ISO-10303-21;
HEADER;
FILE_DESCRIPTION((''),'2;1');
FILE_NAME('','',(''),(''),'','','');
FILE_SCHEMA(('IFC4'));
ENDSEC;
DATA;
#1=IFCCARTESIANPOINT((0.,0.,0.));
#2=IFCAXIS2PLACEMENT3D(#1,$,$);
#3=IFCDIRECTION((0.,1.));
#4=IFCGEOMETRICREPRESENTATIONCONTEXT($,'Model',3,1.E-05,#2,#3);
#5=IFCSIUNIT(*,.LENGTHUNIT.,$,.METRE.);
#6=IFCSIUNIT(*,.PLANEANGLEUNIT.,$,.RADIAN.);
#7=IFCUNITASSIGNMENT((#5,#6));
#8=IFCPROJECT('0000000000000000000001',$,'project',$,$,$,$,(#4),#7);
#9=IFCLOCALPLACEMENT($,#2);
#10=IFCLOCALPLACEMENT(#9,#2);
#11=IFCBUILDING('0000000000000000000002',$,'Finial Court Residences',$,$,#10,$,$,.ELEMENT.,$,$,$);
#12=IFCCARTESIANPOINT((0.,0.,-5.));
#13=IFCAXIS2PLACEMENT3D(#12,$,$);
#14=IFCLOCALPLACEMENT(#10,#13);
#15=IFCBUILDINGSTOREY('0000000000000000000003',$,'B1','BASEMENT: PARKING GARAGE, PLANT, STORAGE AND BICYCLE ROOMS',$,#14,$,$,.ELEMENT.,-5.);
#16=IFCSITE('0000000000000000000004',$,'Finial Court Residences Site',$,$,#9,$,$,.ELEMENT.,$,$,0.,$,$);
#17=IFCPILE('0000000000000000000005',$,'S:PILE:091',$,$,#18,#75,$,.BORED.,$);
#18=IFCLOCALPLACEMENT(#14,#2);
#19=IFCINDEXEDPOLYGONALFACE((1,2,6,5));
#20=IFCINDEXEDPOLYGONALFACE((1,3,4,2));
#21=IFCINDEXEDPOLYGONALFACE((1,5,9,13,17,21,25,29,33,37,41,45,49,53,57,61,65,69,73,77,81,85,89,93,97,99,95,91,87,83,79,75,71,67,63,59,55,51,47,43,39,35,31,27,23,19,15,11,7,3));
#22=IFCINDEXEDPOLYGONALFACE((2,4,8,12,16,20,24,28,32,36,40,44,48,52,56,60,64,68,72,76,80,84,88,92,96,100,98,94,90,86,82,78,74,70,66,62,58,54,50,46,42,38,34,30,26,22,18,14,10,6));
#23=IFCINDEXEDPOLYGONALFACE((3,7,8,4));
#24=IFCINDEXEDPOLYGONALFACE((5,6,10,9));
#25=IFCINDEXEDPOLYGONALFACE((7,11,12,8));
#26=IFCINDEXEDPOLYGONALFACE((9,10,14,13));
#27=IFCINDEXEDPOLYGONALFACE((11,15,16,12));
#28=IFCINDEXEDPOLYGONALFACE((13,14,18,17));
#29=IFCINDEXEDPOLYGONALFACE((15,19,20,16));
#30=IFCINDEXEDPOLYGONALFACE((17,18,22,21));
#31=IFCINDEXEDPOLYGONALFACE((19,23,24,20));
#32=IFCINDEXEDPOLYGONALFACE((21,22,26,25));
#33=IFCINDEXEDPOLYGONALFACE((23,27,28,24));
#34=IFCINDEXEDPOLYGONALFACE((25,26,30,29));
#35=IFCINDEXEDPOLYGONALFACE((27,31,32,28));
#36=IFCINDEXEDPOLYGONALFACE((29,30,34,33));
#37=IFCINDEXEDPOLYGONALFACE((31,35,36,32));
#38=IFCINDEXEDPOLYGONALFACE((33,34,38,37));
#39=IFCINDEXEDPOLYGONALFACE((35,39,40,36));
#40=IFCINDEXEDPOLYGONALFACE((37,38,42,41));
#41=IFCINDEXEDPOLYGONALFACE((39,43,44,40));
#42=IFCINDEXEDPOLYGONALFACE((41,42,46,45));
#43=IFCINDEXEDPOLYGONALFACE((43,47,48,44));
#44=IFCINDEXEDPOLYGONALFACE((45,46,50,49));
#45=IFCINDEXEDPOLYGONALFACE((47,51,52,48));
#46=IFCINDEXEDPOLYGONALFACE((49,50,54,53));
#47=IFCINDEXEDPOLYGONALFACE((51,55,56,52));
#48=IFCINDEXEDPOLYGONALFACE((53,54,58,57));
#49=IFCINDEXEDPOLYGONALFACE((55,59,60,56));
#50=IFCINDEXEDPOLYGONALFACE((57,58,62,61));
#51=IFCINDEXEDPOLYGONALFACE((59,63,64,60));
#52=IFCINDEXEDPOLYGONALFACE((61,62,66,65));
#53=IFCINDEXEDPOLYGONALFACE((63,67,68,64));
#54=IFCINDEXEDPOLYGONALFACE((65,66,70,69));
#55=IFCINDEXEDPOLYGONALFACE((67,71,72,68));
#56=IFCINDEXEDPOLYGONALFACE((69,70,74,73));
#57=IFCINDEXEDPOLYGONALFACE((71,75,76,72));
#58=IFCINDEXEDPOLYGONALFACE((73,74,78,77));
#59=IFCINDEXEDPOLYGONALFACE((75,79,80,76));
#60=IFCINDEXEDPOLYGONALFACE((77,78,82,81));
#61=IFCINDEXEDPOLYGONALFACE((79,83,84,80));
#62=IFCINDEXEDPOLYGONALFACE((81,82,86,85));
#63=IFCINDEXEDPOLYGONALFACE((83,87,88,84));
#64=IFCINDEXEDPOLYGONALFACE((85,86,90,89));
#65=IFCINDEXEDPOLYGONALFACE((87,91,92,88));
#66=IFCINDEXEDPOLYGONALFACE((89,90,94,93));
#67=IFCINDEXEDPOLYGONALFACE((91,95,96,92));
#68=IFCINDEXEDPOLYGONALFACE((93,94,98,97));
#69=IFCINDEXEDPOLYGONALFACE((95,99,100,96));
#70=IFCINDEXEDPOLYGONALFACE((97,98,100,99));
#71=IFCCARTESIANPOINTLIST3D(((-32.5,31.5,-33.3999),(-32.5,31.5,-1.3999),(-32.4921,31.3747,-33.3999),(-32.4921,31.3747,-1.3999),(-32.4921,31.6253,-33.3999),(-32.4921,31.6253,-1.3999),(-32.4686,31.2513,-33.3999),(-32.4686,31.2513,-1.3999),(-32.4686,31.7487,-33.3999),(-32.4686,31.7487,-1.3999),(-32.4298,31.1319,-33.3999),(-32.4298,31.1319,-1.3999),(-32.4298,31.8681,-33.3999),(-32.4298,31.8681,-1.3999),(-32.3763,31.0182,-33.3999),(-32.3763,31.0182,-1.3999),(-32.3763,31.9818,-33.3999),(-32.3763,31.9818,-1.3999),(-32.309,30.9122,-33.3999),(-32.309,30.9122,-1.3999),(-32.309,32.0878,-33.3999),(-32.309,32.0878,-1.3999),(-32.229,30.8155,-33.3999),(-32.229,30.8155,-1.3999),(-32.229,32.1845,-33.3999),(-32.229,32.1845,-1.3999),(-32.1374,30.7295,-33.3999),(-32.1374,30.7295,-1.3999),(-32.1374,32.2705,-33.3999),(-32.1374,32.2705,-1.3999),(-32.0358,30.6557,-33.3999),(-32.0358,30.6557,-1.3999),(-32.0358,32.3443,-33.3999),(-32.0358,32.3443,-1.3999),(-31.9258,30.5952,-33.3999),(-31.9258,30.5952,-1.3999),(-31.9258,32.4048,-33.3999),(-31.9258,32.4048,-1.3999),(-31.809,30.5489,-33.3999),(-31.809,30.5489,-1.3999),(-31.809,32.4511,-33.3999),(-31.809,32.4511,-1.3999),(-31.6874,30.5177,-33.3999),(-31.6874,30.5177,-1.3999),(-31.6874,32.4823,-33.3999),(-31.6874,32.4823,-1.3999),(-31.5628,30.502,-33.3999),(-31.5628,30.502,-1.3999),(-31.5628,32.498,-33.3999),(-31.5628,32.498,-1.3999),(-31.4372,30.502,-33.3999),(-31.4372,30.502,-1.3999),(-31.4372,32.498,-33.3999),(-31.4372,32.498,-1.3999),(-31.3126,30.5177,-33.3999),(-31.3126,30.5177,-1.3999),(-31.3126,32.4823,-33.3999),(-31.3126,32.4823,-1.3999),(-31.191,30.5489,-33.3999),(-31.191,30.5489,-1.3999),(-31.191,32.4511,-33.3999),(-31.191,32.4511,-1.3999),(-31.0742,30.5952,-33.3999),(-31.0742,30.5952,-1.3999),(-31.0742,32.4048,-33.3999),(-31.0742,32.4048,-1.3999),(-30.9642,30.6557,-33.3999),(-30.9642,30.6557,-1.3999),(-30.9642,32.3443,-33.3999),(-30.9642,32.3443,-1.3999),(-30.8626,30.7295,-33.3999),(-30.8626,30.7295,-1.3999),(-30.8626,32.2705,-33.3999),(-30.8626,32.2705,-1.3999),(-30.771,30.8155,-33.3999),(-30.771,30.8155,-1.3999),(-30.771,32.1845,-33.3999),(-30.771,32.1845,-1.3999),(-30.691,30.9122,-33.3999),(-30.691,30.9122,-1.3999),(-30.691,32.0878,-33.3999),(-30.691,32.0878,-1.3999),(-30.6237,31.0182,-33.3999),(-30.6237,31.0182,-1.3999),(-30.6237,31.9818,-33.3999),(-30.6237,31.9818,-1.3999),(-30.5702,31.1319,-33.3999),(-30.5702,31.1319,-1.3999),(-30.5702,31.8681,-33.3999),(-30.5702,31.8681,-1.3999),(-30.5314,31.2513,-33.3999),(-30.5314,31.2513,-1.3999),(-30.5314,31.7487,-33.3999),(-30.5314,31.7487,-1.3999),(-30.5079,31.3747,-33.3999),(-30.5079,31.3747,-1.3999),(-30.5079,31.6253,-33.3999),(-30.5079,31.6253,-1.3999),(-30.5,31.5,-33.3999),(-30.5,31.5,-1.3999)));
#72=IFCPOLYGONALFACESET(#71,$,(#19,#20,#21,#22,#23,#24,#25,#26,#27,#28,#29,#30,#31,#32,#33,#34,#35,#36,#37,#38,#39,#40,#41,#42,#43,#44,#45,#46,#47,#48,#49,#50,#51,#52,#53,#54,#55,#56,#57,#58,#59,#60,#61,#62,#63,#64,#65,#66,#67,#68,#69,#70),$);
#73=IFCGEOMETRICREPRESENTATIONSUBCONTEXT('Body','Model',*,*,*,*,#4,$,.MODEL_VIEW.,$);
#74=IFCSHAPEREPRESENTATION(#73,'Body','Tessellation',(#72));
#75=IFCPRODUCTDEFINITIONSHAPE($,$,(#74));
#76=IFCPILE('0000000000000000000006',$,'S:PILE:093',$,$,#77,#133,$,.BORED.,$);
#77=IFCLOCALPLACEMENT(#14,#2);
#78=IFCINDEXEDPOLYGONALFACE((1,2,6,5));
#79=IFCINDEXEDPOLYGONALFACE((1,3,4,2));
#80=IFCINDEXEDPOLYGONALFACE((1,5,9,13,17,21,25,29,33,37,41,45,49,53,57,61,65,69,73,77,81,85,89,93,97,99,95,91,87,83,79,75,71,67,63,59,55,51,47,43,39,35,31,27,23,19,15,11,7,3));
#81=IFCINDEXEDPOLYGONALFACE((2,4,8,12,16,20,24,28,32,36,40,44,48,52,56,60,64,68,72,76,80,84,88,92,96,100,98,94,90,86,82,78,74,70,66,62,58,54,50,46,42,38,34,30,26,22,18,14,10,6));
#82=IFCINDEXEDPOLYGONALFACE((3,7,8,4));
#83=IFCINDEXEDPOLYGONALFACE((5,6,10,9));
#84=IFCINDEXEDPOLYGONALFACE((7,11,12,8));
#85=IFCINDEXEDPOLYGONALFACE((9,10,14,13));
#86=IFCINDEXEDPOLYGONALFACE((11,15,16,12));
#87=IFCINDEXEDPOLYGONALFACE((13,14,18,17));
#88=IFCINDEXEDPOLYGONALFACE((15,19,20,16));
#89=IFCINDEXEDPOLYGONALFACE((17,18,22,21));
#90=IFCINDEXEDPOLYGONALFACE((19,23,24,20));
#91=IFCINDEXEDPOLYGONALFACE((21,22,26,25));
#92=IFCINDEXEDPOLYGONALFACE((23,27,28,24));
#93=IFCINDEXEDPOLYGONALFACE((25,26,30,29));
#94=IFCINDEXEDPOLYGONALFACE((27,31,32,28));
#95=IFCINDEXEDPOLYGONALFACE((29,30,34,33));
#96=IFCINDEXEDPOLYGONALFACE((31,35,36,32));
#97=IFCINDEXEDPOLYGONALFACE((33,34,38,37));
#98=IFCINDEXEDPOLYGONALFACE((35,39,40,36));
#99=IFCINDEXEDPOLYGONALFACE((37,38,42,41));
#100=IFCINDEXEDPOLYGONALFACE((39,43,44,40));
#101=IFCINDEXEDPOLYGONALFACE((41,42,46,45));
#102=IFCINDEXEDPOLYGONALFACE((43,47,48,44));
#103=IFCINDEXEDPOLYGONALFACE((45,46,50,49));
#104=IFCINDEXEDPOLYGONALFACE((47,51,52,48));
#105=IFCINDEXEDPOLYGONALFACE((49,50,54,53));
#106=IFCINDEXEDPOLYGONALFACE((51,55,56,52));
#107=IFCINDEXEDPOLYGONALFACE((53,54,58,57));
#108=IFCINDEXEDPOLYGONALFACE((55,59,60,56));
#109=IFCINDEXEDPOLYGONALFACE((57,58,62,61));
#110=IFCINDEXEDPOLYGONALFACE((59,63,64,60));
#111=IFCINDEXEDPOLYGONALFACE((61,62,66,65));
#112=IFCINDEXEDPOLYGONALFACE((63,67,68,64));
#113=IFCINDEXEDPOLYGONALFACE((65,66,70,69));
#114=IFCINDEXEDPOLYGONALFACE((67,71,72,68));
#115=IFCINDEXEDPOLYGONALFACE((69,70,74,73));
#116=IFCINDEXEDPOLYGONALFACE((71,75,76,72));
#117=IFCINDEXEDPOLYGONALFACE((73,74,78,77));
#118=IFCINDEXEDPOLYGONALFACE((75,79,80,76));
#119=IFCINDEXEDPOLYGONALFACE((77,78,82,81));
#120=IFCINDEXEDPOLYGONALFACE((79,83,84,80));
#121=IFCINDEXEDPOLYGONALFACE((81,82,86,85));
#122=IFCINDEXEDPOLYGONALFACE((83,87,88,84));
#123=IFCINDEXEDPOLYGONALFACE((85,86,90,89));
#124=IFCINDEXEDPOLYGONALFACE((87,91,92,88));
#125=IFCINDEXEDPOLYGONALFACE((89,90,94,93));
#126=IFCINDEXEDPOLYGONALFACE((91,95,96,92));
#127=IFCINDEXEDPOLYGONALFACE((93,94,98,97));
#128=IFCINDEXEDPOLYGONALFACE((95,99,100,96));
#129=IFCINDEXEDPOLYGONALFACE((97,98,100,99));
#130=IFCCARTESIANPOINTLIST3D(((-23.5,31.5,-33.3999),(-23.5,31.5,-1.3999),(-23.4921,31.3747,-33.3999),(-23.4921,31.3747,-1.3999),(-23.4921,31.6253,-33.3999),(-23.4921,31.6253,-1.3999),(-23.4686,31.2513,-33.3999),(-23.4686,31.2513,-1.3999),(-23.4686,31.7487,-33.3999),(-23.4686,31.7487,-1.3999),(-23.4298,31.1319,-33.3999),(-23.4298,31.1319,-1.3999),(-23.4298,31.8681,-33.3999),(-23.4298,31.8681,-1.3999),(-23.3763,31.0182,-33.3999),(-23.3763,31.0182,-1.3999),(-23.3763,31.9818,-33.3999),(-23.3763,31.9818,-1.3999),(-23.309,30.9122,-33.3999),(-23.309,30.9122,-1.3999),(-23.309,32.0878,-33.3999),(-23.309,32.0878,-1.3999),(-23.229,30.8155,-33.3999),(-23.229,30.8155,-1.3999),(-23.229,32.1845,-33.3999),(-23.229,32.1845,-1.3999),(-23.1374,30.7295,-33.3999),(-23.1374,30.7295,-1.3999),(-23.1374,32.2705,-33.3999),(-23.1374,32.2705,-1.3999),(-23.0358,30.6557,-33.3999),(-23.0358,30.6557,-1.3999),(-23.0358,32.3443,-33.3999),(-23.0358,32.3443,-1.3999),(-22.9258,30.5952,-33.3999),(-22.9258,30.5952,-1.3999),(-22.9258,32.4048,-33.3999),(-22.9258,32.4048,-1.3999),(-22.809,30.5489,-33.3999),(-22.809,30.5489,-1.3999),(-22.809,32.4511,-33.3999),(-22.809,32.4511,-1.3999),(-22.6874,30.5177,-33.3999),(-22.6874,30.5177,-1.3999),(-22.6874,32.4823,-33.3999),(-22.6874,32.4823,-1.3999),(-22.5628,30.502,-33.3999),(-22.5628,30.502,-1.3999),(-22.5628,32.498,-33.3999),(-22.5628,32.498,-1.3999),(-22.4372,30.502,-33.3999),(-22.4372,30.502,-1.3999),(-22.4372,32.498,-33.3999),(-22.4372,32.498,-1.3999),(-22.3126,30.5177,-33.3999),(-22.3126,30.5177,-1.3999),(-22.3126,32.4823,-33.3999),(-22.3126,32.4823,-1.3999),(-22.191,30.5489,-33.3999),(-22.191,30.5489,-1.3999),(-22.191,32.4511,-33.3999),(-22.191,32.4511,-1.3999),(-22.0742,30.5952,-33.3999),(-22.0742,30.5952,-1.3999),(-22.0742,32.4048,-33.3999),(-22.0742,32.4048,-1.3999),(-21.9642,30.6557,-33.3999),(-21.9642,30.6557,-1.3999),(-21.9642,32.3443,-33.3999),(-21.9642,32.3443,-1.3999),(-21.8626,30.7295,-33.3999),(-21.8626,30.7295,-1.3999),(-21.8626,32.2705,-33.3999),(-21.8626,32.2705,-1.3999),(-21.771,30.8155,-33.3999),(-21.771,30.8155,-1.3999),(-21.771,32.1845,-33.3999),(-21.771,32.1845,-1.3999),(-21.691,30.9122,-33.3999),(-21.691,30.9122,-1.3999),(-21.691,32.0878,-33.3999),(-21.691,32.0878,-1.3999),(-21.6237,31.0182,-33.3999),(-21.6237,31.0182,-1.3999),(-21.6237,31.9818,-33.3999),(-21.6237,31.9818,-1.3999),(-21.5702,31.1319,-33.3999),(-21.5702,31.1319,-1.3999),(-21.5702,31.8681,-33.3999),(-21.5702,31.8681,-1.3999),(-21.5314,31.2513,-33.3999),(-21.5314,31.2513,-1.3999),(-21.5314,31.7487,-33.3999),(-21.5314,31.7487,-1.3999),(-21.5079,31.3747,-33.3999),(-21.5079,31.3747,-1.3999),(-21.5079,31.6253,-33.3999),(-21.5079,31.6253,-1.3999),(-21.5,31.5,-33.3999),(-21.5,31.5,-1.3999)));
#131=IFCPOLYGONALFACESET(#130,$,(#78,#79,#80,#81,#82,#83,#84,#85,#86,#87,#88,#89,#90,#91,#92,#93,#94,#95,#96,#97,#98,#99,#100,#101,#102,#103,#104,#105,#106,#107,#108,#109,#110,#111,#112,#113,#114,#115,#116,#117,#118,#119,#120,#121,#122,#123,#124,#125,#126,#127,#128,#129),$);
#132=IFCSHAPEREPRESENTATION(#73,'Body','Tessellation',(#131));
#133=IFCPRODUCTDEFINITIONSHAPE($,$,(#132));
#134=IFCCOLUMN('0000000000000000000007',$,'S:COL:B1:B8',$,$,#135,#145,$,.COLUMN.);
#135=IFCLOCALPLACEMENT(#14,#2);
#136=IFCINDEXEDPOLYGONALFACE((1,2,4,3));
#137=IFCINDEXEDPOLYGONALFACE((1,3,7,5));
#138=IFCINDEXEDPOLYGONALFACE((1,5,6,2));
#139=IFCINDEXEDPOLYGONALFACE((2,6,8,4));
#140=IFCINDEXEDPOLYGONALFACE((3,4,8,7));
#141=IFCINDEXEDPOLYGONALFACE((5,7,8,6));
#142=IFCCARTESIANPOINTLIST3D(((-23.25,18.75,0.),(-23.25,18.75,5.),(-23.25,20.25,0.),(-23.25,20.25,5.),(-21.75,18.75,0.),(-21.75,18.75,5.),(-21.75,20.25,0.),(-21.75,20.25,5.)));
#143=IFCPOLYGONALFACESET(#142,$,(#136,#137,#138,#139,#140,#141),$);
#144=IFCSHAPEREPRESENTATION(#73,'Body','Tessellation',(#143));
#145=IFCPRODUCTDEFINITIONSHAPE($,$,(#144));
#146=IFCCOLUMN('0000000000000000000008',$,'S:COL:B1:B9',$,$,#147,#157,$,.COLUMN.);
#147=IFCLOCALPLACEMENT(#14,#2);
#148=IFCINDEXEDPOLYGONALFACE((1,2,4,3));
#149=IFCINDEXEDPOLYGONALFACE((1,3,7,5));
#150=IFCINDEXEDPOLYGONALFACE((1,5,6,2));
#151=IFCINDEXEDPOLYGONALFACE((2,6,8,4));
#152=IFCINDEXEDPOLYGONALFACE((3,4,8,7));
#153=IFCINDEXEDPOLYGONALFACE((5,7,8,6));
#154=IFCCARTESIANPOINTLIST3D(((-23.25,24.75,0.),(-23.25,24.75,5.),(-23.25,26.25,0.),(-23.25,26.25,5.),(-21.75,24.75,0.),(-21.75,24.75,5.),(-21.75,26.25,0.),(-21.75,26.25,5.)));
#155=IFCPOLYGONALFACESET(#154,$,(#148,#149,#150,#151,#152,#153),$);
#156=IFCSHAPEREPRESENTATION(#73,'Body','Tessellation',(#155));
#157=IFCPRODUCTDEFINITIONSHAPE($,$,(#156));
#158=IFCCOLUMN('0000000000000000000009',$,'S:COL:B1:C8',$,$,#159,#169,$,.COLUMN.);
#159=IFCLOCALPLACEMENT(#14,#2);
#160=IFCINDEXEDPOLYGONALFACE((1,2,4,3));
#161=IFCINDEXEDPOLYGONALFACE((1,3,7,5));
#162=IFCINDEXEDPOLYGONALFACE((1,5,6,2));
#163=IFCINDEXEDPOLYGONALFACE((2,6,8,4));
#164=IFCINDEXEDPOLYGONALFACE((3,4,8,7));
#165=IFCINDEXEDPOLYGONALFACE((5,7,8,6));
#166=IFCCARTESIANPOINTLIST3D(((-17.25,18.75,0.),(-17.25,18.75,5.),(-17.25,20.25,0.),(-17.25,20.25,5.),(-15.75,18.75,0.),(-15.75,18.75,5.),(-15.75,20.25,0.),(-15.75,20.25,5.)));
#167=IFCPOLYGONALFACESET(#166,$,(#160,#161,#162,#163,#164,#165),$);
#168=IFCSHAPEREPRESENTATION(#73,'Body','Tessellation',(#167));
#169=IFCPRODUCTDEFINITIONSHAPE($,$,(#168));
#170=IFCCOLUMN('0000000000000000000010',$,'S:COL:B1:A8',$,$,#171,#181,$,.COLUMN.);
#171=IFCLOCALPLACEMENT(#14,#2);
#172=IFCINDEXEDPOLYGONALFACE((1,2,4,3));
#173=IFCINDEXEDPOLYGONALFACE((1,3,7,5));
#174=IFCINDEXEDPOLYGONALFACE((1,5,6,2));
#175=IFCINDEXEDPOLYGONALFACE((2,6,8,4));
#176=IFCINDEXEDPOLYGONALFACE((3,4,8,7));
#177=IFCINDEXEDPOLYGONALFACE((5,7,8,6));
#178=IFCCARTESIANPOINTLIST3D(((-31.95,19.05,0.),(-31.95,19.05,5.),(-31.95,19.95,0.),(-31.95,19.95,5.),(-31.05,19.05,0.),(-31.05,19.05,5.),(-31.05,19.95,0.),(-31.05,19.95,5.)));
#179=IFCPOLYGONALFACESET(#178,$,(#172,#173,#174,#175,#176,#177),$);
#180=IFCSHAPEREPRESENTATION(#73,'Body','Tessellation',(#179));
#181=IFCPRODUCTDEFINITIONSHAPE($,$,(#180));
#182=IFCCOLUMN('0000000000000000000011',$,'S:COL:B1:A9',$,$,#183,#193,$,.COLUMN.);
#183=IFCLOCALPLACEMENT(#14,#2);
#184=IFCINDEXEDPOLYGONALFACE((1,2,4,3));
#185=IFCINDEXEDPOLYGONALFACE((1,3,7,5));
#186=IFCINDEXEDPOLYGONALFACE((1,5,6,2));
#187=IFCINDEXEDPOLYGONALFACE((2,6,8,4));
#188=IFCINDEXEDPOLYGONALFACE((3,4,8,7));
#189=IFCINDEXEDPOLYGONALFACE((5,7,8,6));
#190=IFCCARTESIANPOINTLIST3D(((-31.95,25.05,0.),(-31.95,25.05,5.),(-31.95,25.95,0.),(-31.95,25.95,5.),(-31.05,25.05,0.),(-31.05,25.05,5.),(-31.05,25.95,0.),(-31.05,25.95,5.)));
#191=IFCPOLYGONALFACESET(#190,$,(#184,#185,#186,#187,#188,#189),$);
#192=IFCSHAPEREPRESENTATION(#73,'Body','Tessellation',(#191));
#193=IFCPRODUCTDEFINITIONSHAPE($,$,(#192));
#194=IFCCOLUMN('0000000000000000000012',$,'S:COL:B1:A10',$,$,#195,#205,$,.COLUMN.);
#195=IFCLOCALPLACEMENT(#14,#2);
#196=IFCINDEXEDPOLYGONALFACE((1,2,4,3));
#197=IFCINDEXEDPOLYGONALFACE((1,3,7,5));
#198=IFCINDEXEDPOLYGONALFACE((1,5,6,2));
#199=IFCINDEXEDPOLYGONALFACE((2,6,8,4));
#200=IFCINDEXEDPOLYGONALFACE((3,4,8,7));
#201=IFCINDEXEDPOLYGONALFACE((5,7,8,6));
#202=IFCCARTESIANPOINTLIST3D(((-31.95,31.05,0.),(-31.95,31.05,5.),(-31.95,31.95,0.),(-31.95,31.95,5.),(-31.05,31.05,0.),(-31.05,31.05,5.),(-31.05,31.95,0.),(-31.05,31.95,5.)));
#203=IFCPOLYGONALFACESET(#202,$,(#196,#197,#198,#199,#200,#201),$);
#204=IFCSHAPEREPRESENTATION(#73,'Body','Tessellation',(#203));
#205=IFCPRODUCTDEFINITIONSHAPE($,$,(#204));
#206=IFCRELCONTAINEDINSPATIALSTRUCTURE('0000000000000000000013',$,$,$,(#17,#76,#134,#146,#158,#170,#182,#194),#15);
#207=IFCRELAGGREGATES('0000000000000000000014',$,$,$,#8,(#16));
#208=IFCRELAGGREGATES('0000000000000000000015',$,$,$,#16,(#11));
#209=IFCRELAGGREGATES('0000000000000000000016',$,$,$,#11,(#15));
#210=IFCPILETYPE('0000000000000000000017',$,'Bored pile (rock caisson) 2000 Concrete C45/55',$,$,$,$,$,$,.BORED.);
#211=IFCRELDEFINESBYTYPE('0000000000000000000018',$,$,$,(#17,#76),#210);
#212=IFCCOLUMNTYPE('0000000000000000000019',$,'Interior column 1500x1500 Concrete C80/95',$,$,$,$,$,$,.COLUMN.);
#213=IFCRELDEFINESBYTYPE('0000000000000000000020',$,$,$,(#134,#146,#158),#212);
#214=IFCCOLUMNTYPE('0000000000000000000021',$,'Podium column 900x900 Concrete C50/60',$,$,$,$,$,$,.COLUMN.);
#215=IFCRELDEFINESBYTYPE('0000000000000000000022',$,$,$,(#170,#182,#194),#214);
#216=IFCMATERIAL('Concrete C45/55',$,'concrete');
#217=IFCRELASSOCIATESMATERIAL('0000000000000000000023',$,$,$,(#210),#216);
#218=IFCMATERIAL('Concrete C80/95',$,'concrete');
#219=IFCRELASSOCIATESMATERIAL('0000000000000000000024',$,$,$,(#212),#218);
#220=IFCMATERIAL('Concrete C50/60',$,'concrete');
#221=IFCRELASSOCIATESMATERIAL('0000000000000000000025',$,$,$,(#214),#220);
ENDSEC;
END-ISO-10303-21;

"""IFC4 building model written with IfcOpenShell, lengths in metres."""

from ifc_helpers import new_model, si_unit, direction, frame, origin, origin_2d, place, context, subcontext, project, spatial, rectangle, circle, extrude, material, material_profile, profile_set, type_object, element, save


model = new_model("IFC4")

# Units and contexts
model_context = context("Model", 3, precision=1e-05, world=origin(), true_north=direction((0.0, 1.0)))
body_context = subcontext(model_context, "Body", "Model", "MODEL_VIEW")
ifc_project = project(units=[si_unit("LENGTHUNIT", "METRE"), si_unit("PLANEANGLEUNIT", "RADIAN")], contexts=[model_context])

# Site, building, storey
site_placement = place(None, origin())
site = spatial("IfcSite", under=ifc_project, at=site_placement, Name="Finial Court Residences Site", CompositionType="ELEMENT", RefElevation=0.0)
building_placement = place(site_placement, origin())
building = spatial("IfcBuilding", under=site, at=building_placement, Name="Finial Court Residences", CompositionType="ELEMENT")
storey_placement = place(building_placement, frame((0.0, 0.0, -5.0)))
storey = spatial("IfcBuildingStorey", under=building, at=storey_placement, Name="B1", Description="BASEMENT: PARKING GARAGE, PLANT, STORAGE AND BICYCLE ROOMS", CompositionType="ELEMENT", Elevation=-5.0)

# Piles
ifc_material_1 = material(Name="Concrete C45/55", Category="concrete")
ifc_material_profile_1 = material_profile(ifc_material_1, circle(Radius=1.0, at=origin_2d()), Name="D2000")
ifc_profile_set_1 = profile_set([ifc_material_profile_1], Name="Concrete C45/55")
pile_type = type_object("IfcPileType", Name="Bored pile (rock caisson) 2000 Concrete C45/55", PredefinedType="BORED", material=ifc_profile_set_1)
for number, where, z_axis, x_axis, name in (
    (1, (-31.5, 31.5, -1.3999), (0.0, 0.0, -1.0), (1.0, 0.0, 0.0), "S:PILE:091"),
    (2, (-22.5, 31.5, -1.3999), (0.0, 0.0, -1.0), (1.0, 0.0, 0.0), "S:PILE:093"),
):
    element("IfcPile", number, at=place(storey_placement, frame(where, z_axis=z_axis, x_axis=x_axis)), inside=storey, type_object=pile_type, Name=name, PredefinedType="BORED", context=body_context, shape_type="SweptSolid", body=[
        extrude(circle(Radius=1.0, at=origin_2d()), origin(), (0.0, 0.0, 1.0), 32.0),
    ])

# Columns
ifc_material_2 = material(Name="Concrete C80/95", Category="concrete")
ifc_material_profile_2 = material_profile(ifc_material_2, rectangle(XDim=1.5, YDim=1.5, at=origin_2d()), Name="1500x1500")
ifc_profile_set_2 = profile_set([ifc_material_profile_2], Name="Concrete C80/95")
column_type_1 = type_object("IfcColumnType", Name="Interior column 1500x1500 Concrete C80/95", PredefinedType="COLUMN", material=ifc_profile_set_2)
for number, where, z_axis, x_axis, name in (
    (3, (-22.5, 19.5, 0.0), (0.0, 0.0, 1.0), (1.0, 0.0, 0.0), "S:COL:B1:B8"),
    (4, (-22.5, 25.5, 0.0), (0.0, 0.0, 1.0), (1.0, 0.0, 0.0), "S:COL:B1:B9"),
    (5, (-16.5, 19.5, 0.0), (0.0, 0.0, 1.0), (1.0, 0.0, 0.0), "S:COL:B1:C8"),
):
    element("IfcColumn", number, at=place(storey_placement, frame(where, z_axis=z_axis, x_axis=x_axis)), inside=storey, type_object=column_type_1, Name=name, PredefinedType="COLUMN", context=body_context, shape_type="SweptSolid", body=[
        extrude(rectangle(XDim=1.5, YDim=1.5, at=origin_2d()), origin(), (0.0, 0.0, 1.0), 5.0),
    ])
ifc_material_3 = material(Name="Concrete C50/60", Category="concrete")
ifc_material_profile_3 = material_profile(ifc_material_3, rectangle(XDim=0.8999, YDim=0.8999, at=origin_2d()), Name="900x900")
ifc_profile_set_3 = profile_set([ifc_material_profile_3], Name="Concrete C50/60")
column_type_2 = type_object("IfcColumnType", Name="Podium column 900x900 Concrete C50/60", PredefinedType="COLUMN", material=ifc_profile_set_3)
for number, where, z_axis, x_axis, name in (
    (6, (-31.5, 19.5, 0.0), (0.0, 0.0, 1.0), (1.0, 0.0, 0.0), "S:COL:B1:A8"),
    (7, (-31.5, 25.5, 0.0), (0.0, 0.0, 1.0), (1.0, 0.0, 0.0), "S:COL:B1:A9"),
    (8, (-31.5, 31.5, 0.0), (0.0, 0.0, 1.0), (1.0, 0.0, 0.0), "S:COL:B1:A10"),
):
    element("IfcColumn", number, at=place(storey_placement, frame(where, z_axis=z_axis, x_axis=x_axis)), inside=storey, type_object=column_type_2, Name=name, PredefinedType="COLUMN", context=body_context, shape_type="SweptSolid", body=[
        extrude(rectangle(XDim=0.8999, YDim=0.8999, at=origin_2d()), origin(), (0.0, 0.0, 1.0), 5.0),
    ])

save(model, "model.ifc")
